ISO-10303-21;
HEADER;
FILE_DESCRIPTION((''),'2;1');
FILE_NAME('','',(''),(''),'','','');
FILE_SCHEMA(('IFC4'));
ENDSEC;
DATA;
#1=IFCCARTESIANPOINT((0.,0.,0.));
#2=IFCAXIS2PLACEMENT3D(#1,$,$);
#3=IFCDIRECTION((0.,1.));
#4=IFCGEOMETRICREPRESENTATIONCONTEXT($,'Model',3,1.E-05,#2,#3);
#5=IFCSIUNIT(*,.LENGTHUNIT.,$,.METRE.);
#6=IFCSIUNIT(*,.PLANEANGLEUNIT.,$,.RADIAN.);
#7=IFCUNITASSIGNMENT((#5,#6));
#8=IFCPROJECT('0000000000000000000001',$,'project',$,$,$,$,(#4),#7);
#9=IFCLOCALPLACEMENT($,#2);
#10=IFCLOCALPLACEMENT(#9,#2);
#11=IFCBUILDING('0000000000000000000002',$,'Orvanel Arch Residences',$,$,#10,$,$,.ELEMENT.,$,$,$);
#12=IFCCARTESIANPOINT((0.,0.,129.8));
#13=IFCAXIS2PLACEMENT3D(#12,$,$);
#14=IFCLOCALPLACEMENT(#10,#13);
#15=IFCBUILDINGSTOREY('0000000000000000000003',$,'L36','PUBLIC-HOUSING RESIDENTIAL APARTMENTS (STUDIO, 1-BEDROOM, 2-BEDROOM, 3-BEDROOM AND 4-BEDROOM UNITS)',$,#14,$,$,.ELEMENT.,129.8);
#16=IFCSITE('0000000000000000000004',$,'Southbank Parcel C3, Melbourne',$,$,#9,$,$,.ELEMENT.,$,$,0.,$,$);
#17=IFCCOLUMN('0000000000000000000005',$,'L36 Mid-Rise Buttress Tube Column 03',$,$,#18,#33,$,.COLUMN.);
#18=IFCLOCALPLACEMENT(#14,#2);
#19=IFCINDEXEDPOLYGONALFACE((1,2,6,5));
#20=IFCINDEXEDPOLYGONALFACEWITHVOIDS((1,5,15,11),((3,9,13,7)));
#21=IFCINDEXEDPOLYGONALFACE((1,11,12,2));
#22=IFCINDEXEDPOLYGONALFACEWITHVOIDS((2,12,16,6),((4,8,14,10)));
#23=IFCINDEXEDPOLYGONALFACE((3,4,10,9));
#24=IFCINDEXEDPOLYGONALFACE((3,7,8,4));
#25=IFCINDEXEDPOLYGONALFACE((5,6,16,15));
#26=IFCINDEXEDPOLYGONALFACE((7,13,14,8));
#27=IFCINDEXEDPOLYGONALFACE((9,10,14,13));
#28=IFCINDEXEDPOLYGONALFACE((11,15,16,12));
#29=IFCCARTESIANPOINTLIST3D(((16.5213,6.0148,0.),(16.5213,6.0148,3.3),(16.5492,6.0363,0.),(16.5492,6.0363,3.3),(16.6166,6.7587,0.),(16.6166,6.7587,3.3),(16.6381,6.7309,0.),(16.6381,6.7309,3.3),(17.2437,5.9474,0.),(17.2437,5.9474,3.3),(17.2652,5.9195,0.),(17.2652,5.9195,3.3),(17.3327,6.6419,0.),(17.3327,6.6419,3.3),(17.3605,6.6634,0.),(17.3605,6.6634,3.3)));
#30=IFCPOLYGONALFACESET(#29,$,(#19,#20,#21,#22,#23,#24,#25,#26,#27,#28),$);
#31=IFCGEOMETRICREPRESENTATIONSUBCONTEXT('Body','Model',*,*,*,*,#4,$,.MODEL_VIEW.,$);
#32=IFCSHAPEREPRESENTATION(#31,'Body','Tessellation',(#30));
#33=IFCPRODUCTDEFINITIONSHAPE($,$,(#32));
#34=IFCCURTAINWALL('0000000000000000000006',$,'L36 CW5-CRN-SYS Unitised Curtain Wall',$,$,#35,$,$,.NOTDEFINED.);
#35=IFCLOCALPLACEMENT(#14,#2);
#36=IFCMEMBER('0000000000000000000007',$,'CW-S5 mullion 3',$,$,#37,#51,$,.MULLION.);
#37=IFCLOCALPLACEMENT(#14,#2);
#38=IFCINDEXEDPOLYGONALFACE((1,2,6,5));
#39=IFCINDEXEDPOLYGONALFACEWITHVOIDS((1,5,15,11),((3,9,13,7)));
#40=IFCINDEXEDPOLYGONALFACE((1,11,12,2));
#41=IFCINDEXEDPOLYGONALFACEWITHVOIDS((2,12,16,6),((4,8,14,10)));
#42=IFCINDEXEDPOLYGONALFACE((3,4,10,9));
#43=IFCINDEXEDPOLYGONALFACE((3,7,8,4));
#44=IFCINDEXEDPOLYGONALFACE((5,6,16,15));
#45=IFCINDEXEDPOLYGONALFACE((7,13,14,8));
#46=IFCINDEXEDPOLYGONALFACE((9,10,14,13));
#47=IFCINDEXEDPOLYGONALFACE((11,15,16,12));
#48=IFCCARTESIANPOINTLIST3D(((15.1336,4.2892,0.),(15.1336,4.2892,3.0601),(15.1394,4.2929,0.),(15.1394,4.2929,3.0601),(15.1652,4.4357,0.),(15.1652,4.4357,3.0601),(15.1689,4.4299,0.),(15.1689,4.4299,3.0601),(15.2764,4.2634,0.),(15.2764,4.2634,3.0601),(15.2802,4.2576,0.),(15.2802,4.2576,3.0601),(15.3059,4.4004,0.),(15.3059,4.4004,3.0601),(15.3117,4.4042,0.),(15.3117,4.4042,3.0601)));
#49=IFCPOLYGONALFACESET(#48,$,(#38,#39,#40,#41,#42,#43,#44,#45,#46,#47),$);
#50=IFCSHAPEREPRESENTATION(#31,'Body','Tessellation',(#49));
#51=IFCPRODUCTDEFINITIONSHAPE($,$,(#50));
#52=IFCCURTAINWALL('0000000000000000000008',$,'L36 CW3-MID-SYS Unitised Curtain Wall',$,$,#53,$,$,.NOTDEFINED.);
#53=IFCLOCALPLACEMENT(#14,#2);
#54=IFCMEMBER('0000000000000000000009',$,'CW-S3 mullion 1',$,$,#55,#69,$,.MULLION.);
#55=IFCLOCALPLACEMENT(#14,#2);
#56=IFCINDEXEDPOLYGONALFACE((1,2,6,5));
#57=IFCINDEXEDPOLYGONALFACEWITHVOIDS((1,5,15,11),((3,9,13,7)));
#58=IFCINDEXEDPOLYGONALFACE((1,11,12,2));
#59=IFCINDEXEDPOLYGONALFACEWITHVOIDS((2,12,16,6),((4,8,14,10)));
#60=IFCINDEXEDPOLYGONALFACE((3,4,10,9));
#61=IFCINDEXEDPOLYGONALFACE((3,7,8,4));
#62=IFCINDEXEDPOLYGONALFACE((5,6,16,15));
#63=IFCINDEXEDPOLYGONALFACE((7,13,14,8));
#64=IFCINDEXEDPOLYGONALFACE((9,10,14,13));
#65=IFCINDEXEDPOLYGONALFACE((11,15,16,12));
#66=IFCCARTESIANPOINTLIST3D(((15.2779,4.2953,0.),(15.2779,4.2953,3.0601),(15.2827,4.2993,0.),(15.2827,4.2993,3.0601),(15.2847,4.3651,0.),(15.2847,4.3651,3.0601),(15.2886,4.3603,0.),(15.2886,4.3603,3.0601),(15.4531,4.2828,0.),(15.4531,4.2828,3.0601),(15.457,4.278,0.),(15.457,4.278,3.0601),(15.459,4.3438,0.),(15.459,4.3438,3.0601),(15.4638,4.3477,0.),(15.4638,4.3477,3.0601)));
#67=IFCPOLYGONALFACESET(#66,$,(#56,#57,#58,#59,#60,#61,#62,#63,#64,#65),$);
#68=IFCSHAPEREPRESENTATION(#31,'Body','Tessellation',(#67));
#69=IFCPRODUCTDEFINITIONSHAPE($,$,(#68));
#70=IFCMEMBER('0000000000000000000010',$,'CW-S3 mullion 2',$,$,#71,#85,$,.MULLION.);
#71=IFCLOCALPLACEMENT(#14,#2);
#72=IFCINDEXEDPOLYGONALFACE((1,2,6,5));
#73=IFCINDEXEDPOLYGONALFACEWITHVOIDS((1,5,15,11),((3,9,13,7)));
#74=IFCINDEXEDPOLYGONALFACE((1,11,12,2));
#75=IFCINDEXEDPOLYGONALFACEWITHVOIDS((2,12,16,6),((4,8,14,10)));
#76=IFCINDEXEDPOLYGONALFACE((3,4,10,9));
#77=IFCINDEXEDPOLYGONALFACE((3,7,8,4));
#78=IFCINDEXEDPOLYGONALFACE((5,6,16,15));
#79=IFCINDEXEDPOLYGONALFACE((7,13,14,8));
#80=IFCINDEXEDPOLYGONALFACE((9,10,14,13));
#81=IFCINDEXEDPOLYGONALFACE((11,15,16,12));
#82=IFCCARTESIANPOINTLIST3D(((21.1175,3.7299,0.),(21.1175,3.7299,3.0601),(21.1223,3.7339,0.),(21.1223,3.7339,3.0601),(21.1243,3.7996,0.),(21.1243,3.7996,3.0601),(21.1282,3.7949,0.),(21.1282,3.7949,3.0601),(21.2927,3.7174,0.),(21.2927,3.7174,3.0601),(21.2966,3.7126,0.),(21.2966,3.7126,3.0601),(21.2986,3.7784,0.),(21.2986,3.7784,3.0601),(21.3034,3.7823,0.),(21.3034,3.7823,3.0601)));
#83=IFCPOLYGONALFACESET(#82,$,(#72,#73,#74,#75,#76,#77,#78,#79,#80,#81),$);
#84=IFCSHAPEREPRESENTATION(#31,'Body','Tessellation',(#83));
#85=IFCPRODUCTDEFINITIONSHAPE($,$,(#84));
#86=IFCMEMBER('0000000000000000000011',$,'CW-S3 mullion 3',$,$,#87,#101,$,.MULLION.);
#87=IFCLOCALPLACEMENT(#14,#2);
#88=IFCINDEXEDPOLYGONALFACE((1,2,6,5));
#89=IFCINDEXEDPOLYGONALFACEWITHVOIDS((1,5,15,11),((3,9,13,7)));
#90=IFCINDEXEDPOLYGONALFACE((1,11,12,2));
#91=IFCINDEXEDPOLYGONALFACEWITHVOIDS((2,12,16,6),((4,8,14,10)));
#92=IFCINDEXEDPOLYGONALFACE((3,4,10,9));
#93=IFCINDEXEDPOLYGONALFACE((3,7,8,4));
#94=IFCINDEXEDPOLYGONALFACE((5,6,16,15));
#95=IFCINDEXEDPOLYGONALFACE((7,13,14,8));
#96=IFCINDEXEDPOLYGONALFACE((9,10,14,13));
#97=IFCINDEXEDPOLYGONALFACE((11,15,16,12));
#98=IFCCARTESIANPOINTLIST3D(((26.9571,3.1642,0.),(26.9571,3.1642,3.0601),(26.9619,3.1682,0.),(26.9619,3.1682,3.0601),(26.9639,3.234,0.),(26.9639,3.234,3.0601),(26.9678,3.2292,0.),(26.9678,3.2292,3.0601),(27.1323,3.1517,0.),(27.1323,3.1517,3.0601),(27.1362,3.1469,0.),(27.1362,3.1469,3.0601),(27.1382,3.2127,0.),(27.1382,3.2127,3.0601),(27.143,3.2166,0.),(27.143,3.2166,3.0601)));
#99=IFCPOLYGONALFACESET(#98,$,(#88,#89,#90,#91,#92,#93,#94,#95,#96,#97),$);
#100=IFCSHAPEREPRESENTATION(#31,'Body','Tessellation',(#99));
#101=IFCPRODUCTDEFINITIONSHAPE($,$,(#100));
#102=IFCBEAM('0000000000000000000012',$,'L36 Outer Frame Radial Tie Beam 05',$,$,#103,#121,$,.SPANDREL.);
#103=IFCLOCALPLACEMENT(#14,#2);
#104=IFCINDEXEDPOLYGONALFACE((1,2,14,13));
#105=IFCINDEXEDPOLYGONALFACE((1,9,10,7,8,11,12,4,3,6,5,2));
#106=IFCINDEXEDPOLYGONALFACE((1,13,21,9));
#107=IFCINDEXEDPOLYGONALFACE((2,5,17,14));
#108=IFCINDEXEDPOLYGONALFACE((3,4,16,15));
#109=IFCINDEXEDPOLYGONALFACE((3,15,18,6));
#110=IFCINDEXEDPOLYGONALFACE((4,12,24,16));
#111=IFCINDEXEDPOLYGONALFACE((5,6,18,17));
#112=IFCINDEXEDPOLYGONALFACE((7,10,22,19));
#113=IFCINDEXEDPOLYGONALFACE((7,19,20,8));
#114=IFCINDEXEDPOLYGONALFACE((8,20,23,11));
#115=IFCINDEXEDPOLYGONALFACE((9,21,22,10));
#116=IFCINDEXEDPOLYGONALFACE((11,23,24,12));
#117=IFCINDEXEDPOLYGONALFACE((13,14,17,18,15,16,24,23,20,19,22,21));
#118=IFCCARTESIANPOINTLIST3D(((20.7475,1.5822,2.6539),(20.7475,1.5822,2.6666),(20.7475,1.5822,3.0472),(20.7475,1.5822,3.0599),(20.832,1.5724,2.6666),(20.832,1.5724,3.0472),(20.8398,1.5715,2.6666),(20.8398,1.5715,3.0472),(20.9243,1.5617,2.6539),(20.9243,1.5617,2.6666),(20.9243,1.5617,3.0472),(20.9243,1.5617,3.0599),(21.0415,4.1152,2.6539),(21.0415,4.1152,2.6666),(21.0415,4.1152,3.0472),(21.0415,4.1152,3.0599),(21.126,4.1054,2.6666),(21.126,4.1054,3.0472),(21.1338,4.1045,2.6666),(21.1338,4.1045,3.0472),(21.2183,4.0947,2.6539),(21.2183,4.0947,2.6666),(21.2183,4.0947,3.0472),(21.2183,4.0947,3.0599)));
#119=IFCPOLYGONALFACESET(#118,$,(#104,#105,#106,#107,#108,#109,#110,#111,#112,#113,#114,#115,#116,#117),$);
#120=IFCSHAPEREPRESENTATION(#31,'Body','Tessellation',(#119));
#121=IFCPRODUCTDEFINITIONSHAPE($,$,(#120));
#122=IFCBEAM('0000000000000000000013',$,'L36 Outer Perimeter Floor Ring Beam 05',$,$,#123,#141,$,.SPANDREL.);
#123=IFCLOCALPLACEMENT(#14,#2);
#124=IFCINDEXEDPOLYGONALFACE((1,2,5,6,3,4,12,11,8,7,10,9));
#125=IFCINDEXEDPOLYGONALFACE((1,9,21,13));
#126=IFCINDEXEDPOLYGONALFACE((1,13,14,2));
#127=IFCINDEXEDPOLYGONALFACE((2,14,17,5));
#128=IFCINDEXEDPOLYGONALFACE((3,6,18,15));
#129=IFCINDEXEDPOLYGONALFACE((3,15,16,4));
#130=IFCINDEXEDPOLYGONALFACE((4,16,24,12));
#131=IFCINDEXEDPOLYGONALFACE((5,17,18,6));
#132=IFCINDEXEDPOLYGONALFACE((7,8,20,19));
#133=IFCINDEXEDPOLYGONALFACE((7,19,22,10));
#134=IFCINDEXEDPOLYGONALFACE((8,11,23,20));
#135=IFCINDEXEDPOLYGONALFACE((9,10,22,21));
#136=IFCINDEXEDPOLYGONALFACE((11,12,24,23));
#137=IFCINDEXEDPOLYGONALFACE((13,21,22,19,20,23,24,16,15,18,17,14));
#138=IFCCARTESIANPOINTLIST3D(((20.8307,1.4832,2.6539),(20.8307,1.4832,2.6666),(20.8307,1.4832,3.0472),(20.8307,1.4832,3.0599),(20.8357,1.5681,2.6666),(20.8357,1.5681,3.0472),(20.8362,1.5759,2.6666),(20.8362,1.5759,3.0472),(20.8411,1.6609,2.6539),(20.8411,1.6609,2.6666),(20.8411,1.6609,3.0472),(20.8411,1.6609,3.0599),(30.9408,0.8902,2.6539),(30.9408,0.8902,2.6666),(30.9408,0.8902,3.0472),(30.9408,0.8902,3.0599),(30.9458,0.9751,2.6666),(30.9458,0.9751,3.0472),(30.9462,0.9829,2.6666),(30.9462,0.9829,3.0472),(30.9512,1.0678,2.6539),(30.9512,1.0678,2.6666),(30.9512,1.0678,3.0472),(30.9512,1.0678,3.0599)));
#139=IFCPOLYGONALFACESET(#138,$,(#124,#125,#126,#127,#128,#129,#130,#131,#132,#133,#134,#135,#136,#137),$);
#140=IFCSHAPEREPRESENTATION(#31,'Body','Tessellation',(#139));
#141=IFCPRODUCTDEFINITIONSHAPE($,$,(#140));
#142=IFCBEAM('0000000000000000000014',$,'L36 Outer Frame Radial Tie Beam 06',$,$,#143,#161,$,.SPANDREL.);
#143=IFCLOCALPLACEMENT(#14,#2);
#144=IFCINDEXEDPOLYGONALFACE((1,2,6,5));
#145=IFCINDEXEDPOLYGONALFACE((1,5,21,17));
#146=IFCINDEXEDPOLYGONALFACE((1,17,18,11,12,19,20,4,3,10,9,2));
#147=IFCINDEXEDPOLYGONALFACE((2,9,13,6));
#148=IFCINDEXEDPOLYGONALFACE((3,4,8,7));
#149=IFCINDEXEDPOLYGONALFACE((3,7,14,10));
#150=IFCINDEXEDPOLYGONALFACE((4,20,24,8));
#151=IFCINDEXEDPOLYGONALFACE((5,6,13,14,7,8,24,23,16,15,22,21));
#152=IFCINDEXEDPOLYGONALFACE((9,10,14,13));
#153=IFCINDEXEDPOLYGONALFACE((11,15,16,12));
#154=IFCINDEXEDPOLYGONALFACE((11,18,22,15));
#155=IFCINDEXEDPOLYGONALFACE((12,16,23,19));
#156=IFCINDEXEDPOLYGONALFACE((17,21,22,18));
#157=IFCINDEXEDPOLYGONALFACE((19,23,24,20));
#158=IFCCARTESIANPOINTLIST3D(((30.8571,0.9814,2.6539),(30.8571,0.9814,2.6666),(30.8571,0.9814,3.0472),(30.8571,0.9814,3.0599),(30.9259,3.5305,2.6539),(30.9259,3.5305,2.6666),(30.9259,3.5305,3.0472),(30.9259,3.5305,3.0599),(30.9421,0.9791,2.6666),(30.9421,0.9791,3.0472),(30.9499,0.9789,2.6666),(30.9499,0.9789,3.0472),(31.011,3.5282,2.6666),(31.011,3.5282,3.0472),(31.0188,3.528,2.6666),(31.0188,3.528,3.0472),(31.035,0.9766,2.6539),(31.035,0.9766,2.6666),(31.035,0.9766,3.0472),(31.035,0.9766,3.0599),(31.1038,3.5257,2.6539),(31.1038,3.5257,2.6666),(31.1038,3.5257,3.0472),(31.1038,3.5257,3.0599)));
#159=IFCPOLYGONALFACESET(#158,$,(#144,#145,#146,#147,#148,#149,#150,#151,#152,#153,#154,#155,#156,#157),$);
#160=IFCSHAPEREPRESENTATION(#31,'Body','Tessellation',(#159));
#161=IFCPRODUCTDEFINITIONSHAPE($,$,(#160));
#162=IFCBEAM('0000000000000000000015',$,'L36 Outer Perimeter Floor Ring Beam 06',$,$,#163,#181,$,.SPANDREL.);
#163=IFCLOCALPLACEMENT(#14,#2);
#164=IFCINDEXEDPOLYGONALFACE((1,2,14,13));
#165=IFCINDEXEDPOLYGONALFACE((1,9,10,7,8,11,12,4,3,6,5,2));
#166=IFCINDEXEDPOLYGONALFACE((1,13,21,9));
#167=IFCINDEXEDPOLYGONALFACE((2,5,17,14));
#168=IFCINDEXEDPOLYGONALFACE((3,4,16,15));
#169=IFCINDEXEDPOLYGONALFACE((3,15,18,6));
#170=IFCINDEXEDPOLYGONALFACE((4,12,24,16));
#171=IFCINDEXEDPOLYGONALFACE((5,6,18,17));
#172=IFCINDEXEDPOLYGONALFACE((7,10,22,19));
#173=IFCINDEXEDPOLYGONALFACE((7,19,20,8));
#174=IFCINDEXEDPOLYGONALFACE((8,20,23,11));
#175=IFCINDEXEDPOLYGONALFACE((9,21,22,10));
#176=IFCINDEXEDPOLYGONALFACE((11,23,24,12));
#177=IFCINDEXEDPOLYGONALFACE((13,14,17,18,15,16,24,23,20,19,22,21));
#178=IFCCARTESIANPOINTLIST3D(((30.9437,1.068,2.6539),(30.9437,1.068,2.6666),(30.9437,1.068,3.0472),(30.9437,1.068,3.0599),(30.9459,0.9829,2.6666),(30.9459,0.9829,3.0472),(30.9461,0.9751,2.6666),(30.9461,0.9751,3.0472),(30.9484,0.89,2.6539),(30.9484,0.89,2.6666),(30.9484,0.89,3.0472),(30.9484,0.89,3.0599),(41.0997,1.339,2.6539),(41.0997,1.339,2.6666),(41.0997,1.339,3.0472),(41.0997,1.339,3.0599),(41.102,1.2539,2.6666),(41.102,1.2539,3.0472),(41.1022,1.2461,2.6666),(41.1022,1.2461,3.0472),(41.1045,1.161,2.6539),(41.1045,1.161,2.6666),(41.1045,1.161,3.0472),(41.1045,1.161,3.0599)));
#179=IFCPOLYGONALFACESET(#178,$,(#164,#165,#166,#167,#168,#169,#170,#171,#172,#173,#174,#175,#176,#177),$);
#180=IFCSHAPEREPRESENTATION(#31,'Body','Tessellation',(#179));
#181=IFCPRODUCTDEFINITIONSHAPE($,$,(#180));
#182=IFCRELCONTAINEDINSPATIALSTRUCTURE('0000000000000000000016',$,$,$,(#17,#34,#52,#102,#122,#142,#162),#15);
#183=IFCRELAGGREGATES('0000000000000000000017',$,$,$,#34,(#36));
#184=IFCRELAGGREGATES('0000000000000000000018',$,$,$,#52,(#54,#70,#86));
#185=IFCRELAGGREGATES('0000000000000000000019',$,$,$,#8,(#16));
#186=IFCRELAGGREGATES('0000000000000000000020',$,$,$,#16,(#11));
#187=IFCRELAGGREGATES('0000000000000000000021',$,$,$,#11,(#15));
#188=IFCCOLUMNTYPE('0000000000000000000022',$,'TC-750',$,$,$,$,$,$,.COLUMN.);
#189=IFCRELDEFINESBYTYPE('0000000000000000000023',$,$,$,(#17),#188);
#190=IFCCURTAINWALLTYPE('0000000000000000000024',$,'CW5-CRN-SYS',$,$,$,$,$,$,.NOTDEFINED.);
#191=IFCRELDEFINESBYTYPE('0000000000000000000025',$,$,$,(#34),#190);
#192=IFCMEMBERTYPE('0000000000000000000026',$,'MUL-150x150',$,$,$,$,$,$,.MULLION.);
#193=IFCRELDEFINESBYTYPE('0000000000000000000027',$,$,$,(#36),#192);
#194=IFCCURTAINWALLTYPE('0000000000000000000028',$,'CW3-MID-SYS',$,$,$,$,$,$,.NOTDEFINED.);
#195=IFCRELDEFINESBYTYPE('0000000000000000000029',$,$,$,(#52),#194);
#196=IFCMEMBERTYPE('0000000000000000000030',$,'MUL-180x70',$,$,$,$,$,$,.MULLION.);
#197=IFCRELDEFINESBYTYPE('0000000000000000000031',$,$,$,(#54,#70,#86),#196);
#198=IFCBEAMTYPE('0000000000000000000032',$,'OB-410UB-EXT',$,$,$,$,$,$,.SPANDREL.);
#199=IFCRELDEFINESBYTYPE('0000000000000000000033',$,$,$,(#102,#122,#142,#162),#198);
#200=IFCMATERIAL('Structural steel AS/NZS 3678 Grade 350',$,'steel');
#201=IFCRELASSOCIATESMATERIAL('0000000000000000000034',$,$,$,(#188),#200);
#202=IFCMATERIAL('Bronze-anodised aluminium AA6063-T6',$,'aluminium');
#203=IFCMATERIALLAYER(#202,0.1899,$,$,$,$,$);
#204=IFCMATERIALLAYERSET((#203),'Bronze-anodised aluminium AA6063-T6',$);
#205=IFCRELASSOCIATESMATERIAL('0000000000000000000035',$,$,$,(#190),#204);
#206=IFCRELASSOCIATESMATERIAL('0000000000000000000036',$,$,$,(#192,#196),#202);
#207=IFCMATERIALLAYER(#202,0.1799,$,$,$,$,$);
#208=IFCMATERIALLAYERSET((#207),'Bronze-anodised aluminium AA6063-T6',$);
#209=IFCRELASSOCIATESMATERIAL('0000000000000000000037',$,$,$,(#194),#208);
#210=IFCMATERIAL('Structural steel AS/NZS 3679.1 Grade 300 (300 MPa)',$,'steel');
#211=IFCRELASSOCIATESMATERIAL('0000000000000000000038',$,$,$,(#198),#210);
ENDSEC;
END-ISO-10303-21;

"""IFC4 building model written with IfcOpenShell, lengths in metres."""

from ifc_helpers import new_model, si_unit, direction, frame, origin, origin_2d, place, context, subcontext, project, spatial, hollow_rectangle, i_section, extrude, material, layer, layer_set, material_profile, profile_set, type_object, element, aggregate, save


model = new_model("IFC4")

# Units and contexts
model_context = context("Model", 3, precision=1e-05, world=origin(), true_north=direction((0.0, 1.0)))
body_context = subcontext(model_context, "Body", "Model", "MODEL_VIEW")
ifc_project = project(units=[si_unit("LENGTHUNIT", "METRE"), si_unit("PLANEANGLEUNIT", "RADIAN")], contexts=[model_context])

# Site, building, storey
site_placement = place(None, origin())
site = spatial("IfcSite", under=ifc_project, at=site_placement, Name="Southbank Parcel C3, Melbourne", CompositionType="ELEMENT", RefElevation=0.0)
building_placement = place(site_placement, origin())
building = spatial("IfcBuilding", under=site, at=building_placement, Name="Orvanel Arch Residences", CompositionType="ELEMENT")
storey_placement = place(building_placement, frame((0.0, 0.0, 129.8)))
storey = spatial("IfcBuildingStorey", under=building, at=storey_placement, Name="L36", Description="PUBLIC-HOUSING RESIDENTIAL APARTMENTS (STUDIO, 1-BEDROOM, 2-BEDROOM, 3-BEDROOM AND 4-BEDROOM UNITS)", CompositionType="ELEMENT", Elevation=129.8)

# Column
ifc_material_1 = material(Name="Structural steel AS/NZS 3678 Grade 350", Category="steel")
ifc_material_profile_1 = material_profile(ifc_material_1, hollow_rectangle(XDim=0.75, YDim=0.75, WallThickness=0.0249, at=origin_2d()), Name="BOX750x750x25")
ifc_profile_set_1 = profile_set([ifc_material_profile_1], Name="Structural steel AS/NZS 3678 Grade 350")
column_type = type_object("IfcColumnType", Name="TC-750", PredefinedType="COLUMN", material=ifc_profile_set_1)
column_placement = place(storey_placement, frame((16.9409, 6.3391, 0.0), z_axis=(0.0, 0.0, 1.0), x_axis=(-0.991894, 0.127065, 0.0)))
element("IfcColumn", 1, at=column_placement, inside=storey, type_object=column_type, Name="L36 Mid-Rise Buttress Tube Column 03", PredefinedType="COLUMN", context=body_context, shape_type="SweptSolid", body=[
    extrude(hollow_rectangle(XDim=0.75, YDim=0.75, WallThickness=0.0249, at=origin_2d()), origin(), (0.0, 0.0, 1.0), 3.3),
])

# Curtain wall, member
ifc_material_2 = material(Name="Bronze-anodised aluminium AA6063-T6", Category="aluminium")
ifc_layer_1 = layer(ifc_material_2, 0.1899)
ifc_layer_set_1 = layer_set([ifc_layer_1], Name="Bronze-anodised aluminium AA6063-T6")
curtain_wall_type_1 = type_object("IfcCurtainWallType", Name="CW5-CRN-SYS", PredefinedType="NOTDEFINED", material=ifc_layer_set_1)
curtain_wall_1_placement = place(storey_placement, origin())
curtain_wall_1 = element("IfcCurtainWall", 2, at=curtain_wall_1_placement, inside=storey, type_object=curtain_wall_type_1, Name="L36 CW5-CRN-SYS Unitised Curtain Wall", PredefinedType="NOTDEFINED")
ifc_material_profile_2 = material_profile(ifc_material_2, hollow_rectangle(XDim=0.1499, YDim=0.1499, WallThickness=0.0049, at=origin_2d()), Name="ALU150x150x5")
ifc_profile_set_2 = profile_set([ifc_material_profile_2], Name="Bronze-anodised aluminium AA6063-T6")
member_type_1 = type_object("IfcMemberType", Name="MUL-150x150", PredefinedType="MULLION", material=ifc_profile_set_2)
member_1_placement = place(storey_placement, frame((15.2227, 4.3467, 0.0), z_axis=(0.0, 0.0, 1.0), x_axis=(0.210385, 0.977619, 0.0)))
member_1 = element("IfcMember", 3, at=member_1_placement, type_object=member_type_1, Name="CW-S5 mullion 3", PredefinedType="MULLION", context=body_context, shape_type="SweptSolid", body=[
    extrude(hollow_rectangle(XDim=0.1499, YDim=0.1499, WallThickness=0.0049, at=origin_2d()), origin(), (0.0, 0.0, 1.0), 3.0601),
])
aggregate(curtain_wall_1, [member_1])

# Curtain wall, members
ifc_layer_2 = layer(ifc_material_2, 0.1799)
ifc_layer_set_2 = layer_set([ifc_layer_2], Name="Bronze-anodised aluminium AA6063-T6")
curtain_wall_type_2 = type_object("IfcCurtainWallType", Name="CW3-MID-SYS", PredefinedType="NOTDEFINED", material=ifc_layer_set_2)
curtain_wall_2_placement = place(storey_placement, origin())
curtain_wall_2 = element("IfcCurtainWall", 4, at=curtain_wall_2_placement, inside=storey, type_object=curtain_wall_type_2, Name="L36 CW3-MID-SYS Unitised Curtain Wall", PredefinedType="NOTDEFINED")
ifc_material_profile_3 = material_profile(ifc_material_2, hollow_rectangle(XDim=0.0701, YDim=0.1799, WallThickness=0.0044, at=origin_2d()), Name="ALU180x70x4.5")
ifc_profile_set_3 = profile_set([ifc_material_profile_3], Name="Bronze-anodised aluminium AA6063-T6")
member_type_2 = type_object("IfcMemberType", Name="MUL-180x70", PredefinedType="MULLION", material=ifc_profile_set_3)
member_2_placement = place(storey_placement, frame((15.3708, 4.3215, 0.0), z_axis=(0.0, 0.0, 1.0), x_axis=(0.096408, 0.995342, 0.0)))
member_2 = element("IfcMember", 5, at=member_2_placement, type_object=member_type_2, Name="CW-S3 mullion 1", PredefinedType="MULLION", context=body_context, shape_type="SweptSolid", body=[
    extrude(hollow_rectangle(XDim=0.0701, YDim=0.1799, WallThickness=0.0044, at=origin_2d()), origin(), (0.0, 0.0, 1.0), 3.0601),
])
member_3_placement = place(storey_placement, frame((21.2104, 3.7561, 0.0), z_axis=(0.0, 0.0, 1.0), x_axis=(0.096408, 0.995342, 0.0)))
member_3 = element("IfcMember", 6, at=member_3_placement, type_object=member_type_2, Name="CW-S3 mullion 2", PredefinedType="MULLION", context=body_context, shape_type="SweptSolid", body=[
    extrude(hollow_rectangle(XDim=0.0701, YDim=0.1799, WallThickness=0.0044, at=origin_2d()), origin(), (0.0, 0.0, 1.0), 3.0601),
])
member_4_placement = place(storey_placement, frame((27.05, 3.1904, 0.0), z_axis=(0.0, 0.0, 1.0), x_axis=(0.096408, 0.995342, 0.0)))
member_4 = element("IfcMember", 7, at=member_4_placement, type_object=member_type_2, Name="CW-S3 mullion 3", PredefinedType="MULLION", context=body_context, shape_type="SweptSolid", body=[
    extrude(hollow_rectangle(XDim=0.0701, YDim=0.1799, WallThickness=0.0044, at=origin_2d()), origin(), (0.0, 0.0, 1.0), 3.0601),
])

# Beams
ifc_material_3 = material(Name="Structural steel AS/NZS 3679.1 Grade 300 (300 MPa)", Category="steel")
ifc_material_profile_4 = material_profile(ifc_material_3, i_section(OverallWidth=0.178, OverallDepth=0.406, WebThickness=0.0078, FlangeThickness=0.0127, at=origin_2d()), Name="410UB59.7")
ifc_profile_set_4 = profile_set([ifc_material_profile_4], Name="Structural steel AS/NZS 3679.1 Grade 300 (300 MPa)")
beam_type = type_object("IfcBeamType", Name="OB-410UB-EXT", PredefinedType="SPANDREL", material=ifc_profile_set_4)
beam_1_placement = place(storey_placement, frame((21.1299, 4.105, 2.8569), z_axis=(-0.115275, -0.993334, 0.0), x_axis=(0.993334, -0.115275, 0.0)))
element("IfcBeam", 8, at=beam_1_placement, inside=storey, type_object=beam_type, Name="L36 Outer Frame Radial Tie Beam 05", PredefinedType="SPANDREL", context=body_context, shape_type="SweptSolid", body=[
    extrude(i_section(OverallWidth=0.178, OverallDepth=0.406, WebThickness=0.0078, FlangeThickness=0.0127, at=origin_2d()), origin(), (0.0, 0.0, 1.0), 2.55),
])
beam_2_placement = place(storey_placement, frame((20.8359, 1.572, 2.8569), z_axis=(0.998284, -0.058555, 0.0), x_axis=(0.058555, 0.998284, 0.0)))
element("IfcBeam", 9, at=beam_2_placement, inside=storey, type_object=beam_type, Name="L36 Outer Perimeter Floor Ring Beam 05", PredefinedType="SPANDREL", context=body_context, shape_type="SweptSolid", body=[
    extrude(i_section(OverallWidth=0.178, OverallDepth=0.406, WebThickness=0.0078, FlangeThickness=0.0127, at=origin_2d()), origin(), (0.0, 0.0, 1.0), 10.1274),
])
beam_3_placement = place(storey_placement, frame((31.0149, 3.5281, 2.8569), z_axis=(-0.026999, -0.999635, 0.0), x_axis=(0.999635, -0.026999, 0.0)))
element("IfcBeam", 10, at=beam_3_placement, inside=storey, type_object=beam_type, Name="L36 Outer Frame Radial Tie Beam 06", PredefinedType="SPANDREL", context=body_context, shape_type="SweptSolid", body=[
    extrude(i_section(OverallWidth=0.178, OverallDepth=0.406, WebThickness=0.0078, FlangeThickness=0.0127, at=origin_2d()), origin(), (0.0, 0.0, 1.0), 2.55),
])
beam_4_placement = place(storey_placement, frame((30.946, 0.979, 2.8569), z_axis=(0.999644, 0.026674, 0.0), x_axis=(-0.026674, 0.999644, 0.0)))
element("IfcBeam", 11, at=beam_4_placement, inside=storey, type_object=beam_type, Name="L36 Outer Perimeter Floor Ring Beam 06", PredefinedType="SPANDREL", context=body_context, shape_type="SweptSolid", body=[
    extrude(i_section(OverallWidth=0.178, OverallDepth=0.406, WebThickness=0.0078, FlangeThickness=0.0127, at=origin_2d()), origin(), (0.0, 0.0, 1.0), 10.1597),
])

aggregate(curtain_wall_2, [member_2, member_3, member_4])

save(model, "model.ifc")
